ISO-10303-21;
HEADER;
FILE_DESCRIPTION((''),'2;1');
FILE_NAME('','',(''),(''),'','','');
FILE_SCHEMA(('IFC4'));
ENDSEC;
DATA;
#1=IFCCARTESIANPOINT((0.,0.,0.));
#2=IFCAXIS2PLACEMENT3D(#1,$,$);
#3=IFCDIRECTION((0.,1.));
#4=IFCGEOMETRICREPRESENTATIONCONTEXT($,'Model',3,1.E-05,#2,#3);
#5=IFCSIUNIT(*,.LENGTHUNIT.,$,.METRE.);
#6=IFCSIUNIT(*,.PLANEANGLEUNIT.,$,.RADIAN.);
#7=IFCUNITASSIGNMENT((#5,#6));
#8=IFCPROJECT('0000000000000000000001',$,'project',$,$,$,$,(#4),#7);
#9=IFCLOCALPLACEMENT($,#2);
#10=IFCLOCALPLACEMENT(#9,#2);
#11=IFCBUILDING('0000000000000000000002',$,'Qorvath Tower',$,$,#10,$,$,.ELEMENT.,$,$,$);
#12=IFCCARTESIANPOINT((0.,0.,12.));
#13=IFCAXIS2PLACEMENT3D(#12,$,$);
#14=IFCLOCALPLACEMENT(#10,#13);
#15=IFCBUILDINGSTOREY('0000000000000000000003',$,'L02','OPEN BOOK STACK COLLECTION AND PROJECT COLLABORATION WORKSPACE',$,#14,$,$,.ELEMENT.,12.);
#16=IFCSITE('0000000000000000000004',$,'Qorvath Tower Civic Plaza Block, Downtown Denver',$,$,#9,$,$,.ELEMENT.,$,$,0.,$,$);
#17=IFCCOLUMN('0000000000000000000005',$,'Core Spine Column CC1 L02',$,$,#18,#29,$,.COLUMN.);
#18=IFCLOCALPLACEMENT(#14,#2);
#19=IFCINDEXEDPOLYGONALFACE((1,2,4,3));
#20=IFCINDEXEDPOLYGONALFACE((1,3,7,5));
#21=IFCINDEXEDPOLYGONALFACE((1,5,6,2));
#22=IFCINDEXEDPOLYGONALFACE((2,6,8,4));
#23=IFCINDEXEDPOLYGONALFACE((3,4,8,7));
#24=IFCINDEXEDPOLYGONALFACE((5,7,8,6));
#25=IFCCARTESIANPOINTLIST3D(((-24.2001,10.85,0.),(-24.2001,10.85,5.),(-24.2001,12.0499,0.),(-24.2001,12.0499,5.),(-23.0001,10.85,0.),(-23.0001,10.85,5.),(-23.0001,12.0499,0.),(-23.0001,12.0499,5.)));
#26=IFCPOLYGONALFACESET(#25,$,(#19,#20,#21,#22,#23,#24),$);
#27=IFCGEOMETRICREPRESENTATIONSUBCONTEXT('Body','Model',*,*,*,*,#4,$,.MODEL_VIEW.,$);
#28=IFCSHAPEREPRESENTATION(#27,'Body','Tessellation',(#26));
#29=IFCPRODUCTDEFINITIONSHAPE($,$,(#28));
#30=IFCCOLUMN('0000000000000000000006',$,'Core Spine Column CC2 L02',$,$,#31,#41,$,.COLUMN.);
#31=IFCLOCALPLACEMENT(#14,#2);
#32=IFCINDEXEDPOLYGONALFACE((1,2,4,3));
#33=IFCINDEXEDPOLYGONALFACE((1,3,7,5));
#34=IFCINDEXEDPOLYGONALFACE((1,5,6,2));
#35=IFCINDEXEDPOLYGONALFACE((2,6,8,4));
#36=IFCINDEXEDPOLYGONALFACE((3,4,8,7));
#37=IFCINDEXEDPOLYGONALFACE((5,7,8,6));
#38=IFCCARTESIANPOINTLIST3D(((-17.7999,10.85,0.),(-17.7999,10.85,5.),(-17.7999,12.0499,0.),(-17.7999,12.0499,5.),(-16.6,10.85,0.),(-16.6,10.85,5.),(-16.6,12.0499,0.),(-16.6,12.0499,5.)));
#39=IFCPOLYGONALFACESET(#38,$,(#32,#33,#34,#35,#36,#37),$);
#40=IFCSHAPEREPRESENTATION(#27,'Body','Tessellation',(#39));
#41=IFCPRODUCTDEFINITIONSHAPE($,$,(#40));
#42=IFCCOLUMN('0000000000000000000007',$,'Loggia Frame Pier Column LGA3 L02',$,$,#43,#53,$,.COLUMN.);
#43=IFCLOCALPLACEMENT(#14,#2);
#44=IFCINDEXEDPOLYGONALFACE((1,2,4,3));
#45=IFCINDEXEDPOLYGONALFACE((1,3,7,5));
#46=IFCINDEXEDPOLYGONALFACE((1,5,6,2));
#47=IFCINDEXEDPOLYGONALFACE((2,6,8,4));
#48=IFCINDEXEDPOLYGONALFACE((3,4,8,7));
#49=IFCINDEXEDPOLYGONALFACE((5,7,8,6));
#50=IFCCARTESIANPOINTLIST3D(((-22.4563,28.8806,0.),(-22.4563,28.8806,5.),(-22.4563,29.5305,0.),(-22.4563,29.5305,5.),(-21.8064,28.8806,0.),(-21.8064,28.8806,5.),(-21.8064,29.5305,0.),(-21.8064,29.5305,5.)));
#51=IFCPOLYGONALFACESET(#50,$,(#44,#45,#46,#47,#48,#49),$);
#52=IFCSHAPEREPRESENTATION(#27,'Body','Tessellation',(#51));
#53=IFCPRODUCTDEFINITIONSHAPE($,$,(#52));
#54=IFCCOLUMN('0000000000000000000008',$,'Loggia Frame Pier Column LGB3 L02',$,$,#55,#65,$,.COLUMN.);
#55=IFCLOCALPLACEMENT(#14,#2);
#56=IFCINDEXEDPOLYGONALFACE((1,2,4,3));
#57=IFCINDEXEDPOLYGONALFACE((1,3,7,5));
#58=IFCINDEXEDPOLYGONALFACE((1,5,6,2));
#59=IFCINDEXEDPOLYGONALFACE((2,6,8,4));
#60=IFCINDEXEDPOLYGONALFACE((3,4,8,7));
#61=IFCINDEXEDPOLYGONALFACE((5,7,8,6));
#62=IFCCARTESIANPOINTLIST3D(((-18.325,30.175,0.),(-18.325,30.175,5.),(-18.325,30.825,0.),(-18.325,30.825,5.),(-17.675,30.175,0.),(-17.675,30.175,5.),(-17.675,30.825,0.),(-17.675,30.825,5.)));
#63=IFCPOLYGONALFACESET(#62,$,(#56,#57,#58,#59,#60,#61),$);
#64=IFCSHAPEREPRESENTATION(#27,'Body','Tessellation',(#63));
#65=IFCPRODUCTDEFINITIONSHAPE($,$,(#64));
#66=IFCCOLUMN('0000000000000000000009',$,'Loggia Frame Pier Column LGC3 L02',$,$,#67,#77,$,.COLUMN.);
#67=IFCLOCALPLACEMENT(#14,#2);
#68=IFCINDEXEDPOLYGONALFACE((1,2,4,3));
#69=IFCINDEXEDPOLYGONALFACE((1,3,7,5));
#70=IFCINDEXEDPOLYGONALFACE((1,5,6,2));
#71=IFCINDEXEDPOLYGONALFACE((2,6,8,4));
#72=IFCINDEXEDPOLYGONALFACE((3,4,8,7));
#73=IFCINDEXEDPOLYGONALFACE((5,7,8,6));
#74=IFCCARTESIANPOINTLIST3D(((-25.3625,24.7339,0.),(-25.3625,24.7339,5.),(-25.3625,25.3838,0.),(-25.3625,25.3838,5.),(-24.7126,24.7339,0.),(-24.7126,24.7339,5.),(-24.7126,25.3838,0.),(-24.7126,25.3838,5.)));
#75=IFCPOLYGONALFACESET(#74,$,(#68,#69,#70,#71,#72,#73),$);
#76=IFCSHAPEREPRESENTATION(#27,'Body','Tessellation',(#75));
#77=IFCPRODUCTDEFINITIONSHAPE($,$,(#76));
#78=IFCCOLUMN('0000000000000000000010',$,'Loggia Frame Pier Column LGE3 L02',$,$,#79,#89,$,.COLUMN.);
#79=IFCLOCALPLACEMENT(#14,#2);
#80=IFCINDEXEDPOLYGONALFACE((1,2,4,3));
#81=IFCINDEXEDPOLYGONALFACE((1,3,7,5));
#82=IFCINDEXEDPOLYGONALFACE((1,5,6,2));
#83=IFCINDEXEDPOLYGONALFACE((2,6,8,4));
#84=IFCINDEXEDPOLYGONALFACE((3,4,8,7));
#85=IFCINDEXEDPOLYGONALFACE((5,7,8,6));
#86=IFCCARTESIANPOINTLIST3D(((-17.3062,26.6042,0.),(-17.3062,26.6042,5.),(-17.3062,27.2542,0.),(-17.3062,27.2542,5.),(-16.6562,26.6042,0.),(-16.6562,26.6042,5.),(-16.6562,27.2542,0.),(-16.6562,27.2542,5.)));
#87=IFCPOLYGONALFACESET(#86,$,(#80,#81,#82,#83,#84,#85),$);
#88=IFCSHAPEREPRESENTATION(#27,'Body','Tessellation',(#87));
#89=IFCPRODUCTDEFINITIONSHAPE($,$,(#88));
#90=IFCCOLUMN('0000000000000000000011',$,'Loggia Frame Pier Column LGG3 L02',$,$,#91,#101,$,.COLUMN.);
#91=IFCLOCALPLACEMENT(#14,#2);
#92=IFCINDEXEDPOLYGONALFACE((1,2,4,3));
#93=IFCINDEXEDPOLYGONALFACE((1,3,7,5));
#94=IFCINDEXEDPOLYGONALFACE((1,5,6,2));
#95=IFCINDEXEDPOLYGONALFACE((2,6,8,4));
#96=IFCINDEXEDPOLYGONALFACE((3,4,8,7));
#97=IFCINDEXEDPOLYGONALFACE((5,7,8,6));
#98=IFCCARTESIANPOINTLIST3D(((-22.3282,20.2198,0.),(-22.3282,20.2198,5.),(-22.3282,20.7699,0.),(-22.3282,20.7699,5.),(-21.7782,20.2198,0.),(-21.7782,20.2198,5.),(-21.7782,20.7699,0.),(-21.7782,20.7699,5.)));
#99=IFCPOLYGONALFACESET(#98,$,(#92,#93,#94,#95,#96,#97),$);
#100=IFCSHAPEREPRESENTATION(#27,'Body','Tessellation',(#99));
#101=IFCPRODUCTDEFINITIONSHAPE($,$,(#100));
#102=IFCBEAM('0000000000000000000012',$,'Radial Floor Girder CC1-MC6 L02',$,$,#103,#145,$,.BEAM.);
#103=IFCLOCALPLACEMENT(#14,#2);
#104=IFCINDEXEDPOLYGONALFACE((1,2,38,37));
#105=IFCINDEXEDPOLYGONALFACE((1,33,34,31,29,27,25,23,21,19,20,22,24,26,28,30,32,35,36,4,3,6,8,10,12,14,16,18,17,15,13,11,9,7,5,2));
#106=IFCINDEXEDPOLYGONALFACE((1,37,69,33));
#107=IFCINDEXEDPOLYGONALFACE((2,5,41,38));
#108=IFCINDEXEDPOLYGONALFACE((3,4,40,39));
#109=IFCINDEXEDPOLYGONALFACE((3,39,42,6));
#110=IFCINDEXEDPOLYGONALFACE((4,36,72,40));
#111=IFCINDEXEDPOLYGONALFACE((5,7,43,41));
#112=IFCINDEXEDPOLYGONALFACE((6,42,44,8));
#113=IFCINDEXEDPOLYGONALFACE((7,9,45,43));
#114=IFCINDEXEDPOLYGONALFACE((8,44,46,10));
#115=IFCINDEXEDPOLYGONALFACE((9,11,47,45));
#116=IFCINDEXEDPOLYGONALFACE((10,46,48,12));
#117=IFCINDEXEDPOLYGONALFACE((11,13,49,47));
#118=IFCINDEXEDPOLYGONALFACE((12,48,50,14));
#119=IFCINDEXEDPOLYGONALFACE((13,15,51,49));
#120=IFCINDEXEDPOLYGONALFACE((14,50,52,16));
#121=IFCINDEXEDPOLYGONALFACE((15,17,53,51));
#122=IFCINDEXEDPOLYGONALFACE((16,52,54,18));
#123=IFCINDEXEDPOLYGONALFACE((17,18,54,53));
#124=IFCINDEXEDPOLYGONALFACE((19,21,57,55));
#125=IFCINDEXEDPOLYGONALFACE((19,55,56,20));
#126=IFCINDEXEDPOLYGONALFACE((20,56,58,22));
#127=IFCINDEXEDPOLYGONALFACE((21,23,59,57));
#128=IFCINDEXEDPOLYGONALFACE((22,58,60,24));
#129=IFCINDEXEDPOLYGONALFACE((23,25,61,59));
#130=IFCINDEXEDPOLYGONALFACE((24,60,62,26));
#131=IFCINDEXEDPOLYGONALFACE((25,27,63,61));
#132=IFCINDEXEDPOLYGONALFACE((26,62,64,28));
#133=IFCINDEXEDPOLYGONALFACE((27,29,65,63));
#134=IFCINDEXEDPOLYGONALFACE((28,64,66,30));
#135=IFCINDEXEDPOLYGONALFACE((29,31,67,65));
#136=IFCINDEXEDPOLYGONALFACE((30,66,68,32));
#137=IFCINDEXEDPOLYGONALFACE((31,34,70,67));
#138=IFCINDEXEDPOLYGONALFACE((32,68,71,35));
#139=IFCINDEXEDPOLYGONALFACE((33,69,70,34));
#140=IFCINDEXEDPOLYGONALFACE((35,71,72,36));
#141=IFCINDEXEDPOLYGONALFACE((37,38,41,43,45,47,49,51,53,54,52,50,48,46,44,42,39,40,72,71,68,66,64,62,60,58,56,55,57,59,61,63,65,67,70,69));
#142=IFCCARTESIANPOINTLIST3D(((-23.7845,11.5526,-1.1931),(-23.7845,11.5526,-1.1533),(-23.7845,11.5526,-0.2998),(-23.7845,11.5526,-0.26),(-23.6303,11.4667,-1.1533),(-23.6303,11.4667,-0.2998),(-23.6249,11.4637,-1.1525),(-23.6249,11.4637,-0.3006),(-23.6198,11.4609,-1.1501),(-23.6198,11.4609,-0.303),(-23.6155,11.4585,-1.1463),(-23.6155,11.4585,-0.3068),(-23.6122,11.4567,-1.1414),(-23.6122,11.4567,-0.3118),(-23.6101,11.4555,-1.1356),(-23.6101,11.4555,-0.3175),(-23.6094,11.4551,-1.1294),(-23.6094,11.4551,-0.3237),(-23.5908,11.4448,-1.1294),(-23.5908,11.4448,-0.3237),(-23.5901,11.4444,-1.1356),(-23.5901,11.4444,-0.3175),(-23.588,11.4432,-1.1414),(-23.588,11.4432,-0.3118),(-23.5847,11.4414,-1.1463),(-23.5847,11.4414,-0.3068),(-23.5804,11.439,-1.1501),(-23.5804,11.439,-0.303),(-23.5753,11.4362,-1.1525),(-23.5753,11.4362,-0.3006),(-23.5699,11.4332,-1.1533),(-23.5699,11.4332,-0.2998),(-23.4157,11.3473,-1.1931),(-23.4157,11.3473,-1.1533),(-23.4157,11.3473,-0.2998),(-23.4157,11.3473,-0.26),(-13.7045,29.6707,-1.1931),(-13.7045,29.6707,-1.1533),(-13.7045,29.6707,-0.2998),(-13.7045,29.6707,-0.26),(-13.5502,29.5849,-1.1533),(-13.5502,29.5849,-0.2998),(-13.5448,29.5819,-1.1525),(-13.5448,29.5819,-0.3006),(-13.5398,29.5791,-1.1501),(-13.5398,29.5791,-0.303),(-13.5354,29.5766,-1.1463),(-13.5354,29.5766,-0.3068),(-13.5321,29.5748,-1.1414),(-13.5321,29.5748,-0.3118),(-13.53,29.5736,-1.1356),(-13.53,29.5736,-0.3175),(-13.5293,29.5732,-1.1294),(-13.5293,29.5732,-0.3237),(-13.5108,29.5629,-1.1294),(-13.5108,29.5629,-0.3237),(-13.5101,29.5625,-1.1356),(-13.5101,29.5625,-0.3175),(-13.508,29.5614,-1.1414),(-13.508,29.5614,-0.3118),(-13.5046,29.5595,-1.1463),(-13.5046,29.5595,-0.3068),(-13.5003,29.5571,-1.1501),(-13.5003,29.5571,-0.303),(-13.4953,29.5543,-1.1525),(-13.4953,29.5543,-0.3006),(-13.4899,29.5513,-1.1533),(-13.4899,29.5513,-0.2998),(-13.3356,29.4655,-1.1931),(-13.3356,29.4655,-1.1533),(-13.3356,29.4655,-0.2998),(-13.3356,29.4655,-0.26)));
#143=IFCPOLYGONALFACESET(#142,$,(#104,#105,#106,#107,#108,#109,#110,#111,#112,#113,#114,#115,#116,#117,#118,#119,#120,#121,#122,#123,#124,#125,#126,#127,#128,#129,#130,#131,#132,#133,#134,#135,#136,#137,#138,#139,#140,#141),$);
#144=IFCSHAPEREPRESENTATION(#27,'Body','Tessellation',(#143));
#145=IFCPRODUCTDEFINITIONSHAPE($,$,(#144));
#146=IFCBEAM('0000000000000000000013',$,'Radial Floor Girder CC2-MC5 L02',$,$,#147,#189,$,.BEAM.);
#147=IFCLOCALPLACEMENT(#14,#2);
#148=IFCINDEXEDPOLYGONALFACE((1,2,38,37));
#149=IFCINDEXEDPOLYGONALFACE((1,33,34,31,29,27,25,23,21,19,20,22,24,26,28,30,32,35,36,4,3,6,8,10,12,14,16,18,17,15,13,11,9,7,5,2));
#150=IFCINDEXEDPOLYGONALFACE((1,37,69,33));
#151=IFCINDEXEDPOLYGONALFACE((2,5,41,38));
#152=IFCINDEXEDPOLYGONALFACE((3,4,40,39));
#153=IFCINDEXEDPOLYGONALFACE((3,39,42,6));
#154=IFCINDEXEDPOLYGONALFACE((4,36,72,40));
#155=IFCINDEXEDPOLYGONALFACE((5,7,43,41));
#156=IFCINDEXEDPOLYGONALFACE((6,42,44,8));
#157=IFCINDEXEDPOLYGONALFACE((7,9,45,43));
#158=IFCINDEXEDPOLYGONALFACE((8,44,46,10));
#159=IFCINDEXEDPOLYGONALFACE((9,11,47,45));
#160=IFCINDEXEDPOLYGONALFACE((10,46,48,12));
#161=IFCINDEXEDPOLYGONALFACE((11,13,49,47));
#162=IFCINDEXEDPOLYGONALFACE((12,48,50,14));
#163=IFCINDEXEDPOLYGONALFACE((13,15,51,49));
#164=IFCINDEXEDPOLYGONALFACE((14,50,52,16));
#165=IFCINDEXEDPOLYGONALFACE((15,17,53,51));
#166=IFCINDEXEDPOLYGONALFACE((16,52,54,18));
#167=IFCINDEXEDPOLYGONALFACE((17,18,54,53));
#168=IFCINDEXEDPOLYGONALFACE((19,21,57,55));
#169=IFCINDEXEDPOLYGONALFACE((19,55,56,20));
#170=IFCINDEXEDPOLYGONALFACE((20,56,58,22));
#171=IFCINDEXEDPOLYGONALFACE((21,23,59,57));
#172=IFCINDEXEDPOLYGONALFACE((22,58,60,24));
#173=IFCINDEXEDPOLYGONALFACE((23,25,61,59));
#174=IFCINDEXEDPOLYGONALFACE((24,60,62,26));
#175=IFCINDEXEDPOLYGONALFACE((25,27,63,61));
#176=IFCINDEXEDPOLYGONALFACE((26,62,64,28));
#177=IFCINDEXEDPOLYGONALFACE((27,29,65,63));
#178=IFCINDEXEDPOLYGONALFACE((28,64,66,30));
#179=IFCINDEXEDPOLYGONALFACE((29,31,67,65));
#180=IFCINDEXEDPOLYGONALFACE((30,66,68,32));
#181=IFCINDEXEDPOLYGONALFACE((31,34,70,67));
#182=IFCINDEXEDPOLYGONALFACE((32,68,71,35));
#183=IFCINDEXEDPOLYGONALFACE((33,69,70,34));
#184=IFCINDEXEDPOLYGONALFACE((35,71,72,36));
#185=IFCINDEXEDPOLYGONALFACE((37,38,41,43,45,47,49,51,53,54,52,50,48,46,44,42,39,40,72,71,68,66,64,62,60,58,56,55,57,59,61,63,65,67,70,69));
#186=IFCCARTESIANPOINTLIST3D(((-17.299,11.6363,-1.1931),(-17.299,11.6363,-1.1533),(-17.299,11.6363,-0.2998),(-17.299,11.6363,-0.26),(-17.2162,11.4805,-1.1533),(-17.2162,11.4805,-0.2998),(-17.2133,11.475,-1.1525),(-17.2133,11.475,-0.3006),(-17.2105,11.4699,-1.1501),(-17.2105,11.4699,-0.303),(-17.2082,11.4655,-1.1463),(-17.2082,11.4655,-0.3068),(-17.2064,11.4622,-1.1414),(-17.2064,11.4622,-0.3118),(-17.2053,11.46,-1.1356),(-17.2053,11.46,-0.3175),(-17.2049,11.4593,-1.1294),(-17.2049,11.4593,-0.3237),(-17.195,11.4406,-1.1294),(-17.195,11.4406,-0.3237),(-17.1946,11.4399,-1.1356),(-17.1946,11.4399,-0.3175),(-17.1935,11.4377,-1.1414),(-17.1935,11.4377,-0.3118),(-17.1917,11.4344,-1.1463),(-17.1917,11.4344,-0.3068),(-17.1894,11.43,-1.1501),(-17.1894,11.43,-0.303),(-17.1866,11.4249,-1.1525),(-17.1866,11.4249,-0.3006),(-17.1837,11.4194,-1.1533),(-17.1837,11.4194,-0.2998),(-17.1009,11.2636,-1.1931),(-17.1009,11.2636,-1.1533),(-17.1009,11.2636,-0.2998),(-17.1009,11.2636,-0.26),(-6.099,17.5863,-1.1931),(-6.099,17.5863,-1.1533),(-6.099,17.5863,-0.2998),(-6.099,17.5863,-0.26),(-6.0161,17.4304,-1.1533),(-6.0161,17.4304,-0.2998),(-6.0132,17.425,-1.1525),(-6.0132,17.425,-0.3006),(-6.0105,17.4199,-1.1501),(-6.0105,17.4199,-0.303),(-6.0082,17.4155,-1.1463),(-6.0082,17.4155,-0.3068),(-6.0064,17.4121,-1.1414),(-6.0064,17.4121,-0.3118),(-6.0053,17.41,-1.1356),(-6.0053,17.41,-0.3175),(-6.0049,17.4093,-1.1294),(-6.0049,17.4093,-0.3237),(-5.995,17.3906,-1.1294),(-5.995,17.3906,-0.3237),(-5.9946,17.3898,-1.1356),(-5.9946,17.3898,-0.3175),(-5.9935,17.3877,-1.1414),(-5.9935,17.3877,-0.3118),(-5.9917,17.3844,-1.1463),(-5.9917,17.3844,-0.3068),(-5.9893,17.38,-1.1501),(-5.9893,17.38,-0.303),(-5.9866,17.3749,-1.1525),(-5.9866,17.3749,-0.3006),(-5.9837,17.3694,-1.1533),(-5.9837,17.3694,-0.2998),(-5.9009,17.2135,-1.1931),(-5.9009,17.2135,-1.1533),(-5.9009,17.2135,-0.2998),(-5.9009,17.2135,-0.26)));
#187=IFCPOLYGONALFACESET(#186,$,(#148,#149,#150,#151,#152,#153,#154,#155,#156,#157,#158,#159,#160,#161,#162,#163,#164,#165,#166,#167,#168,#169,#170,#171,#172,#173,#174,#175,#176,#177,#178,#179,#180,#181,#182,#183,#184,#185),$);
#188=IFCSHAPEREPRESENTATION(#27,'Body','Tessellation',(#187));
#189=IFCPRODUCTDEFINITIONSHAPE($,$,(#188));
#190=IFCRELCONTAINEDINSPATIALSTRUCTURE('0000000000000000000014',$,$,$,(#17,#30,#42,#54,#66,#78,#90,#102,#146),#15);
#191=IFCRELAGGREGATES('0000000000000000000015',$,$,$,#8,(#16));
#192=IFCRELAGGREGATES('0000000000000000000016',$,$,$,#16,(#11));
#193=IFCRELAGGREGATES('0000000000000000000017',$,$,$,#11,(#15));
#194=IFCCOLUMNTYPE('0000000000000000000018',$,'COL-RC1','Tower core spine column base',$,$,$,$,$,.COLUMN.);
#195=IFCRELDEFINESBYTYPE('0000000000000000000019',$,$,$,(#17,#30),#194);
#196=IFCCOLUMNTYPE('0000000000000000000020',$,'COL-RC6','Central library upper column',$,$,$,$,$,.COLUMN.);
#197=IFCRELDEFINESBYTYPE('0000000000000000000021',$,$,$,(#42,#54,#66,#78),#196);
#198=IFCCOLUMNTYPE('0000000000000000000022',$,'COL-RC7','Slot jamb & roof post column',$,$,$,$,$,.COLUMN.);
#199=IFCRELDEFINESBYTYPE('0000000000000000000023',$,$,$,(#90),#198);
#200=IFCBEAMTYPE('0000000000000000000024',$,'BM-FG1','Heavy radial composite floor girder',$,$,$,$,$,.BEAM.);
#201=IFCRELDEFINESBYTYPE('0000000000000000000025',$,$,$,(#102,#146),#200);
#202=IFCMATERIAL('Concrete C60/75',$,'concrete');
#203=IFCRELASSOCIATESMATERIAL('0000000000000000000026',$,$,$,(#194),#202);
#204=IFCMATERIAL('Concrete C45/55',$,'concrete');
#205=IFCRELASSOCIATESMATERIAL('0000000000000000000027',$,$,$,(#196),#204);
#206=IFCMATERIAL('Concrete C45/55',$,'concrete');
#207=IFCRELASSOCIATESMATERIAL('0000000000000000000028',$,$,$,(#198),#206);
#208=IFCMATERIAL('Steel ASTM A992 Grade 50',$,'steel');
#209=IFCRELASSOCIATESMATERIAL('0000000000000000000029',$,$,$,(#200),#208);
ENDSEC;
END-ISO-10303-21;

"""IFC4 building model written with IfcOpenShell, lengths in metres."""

from ifc_helpers import new_model, si_unit, direction, frame, origin, origin_2d, place, context, subcontext, project, spatial, rectangle, i_section, extrude, material, material_profile, profile_set, type_object, element, save


model = new_model("IFC4")

# Units and contexts
model_context = context("Model", 3, precision=1e-05, world=origin(), true_north=direction((0.0, 1.0)))
body_context = subcontext(model_context, "Body", "Model", "MODEL_VIEW")
ifc_project = project(units=[si_unit("LENGTHUNIT", "METRE"), si_unit("PLANEANGLEUNIT", "RADIAN")], contexts=[model_context])

# Site, building, storey
site_placement = place(None, origin())
site = spatial("IfcSite", under=ifc_project, at=site_placement, Name="Qorvath Tower Civic Plaza Block, Downtown Denver", CompositionType="ELEMENT", RefElevation=0.0)
building_placement = place(site_placement, origin())
building = spatial("IfcBuilding", under=site, at=building_placement, Name="Qorvath Tower", CompositionType="ELEMENT")
storey_placement = place(building_placement, frame((0.0, 0.0, 12.0)))
storey = spatial("IfcBuildingStorey", under=building, at=storey_placement, Name="L02", Description="OPEN BOOK STACK COLLECTION AND PROJECT COLLABORATION WORKSPACE", CompositionType="ELEMENT", Elevation=12.0)

# Columns
ifc_material_1 = material(Name="Concrete C60/75", Category="concrete")
ifc_material_profile_1 = material_profile(ifc_material_1, rectangle(XDim=1.2, YDim=1.2, at=origin_2d()), Name="RC 1200x1200")
ifc_profile_set_1 = profile_set([ifc_material_profile_1], Name="Concrete C60/75")
column_type_1 = type_object("IfcColumnType", Name="COL-RC1", Description="Tower core spine column base", PredefinedType="COLUMN", material=ifc_profile_set_1)
for number, where, z_axis, x_axis, name in (
    (1, (-23.6001, 11.45, 0.0), (0.0, 0.0, 1.0), (1.0, 0.0, 0.0), "Core Spine Column CC1 L02"),
    (2, (-17.2, 11.45, 0.0), (0.0, 0.0, 1.0), (1.0, 0.0, 0.0), "Core Spine Column CC2 L02"),
):
    element("IfcColumn", number, at=place(storey_placement, frame(where, z_axis=z_axis, x_axis=x_axis)), inside=storey, type_object=column_type_1, Name=name, PredefinedType="COLUMN", context=body_context, shape_type="SweptSolid", body=[
        extrude(rectangle(XDim=1.2, YDim=1.2, at=origin_2d()), origin(), (0.0, 0.0, 1.0), 5.0),
    ])
ifc_material_2 = material(Name="Concrete C45/55", Category="concrete")
ifc_material_profile_2 = material_profile(ifc_material_2, rectangle(XDim=0.6499, YDim=0.6499, at=origin_2d()), Name="RC 650x650")
ifc_profile_set_2 = profile_set([ifc_material_profile_2], Name="Concrete C45/55")
column_type_2 = type_object("IfcColumnType", Name="COL-RC6", Description="Central library upper column", PredefinedType="COLUMN", material=ifc_profile_set_2)
for number, where, z_axis, x_axis, name in (
    (3, (-22.1313, 29.2056, 0.0), (0.0, 0.0, 1.0), (1.0, 0.0, 0.0), "Loggia Frame Pier Column LGA3 L02"),
    (4, (-18.0, 30.5, 0.0), (0.0, 0.0, 1.0), (1.0, 0.0, 0.0), "Loggia Frame Pier Column LGB3 L02"),
    (5, (-25.0376, 25.0588, 0.0), (0.0, 0.0, 1.0), (1.0, 0.0, 0.0), "Loggia Frame Pier Column LGC3 L02"),
    (6, (-16.9812, 26.9292, 0.0), (0.0, 0.0, 1.0), (1.0, 0.0, 0.0), "Loggia Frame Pier Column LGE3 L02"),
):
    element("IfcColumn", number, at=place(storey_placement, frame(where, z_axis=z_axis, x_axis=x_axis)), inside=storey, type_object=column_type_2, Name=name, PredefinedType="COLUMN", context=body_context, shape_type="SweptSolid", body=[
        extrude(rectangle(XDim=0.6499, YDim=0.6499, at=origin_2d()), origin(), (0.0, 0.0, 1.0), 5.0),
    ])
ifc_material_3 = material(Name="Concrete C45/55", Category="concrete")
ifc_material_profile_3 = material_profile(ifc_material_3, rectangle(XDim=0.55, YDim=0.55, at=origin_2d()), Name="RC 550x550")
ifc_profile_set_3 = profile_set([ifc_material_profile_3], Name="Concrete C45/55")
column_type_3 = type_object("IfcColumnType", Name="COL-RC7", Description="Slot jamb & roof post column", PredefinedType="COLUMN", material=ifc_profile_set_3)
column_placement = place(storey_placement, frame((-22.0532, 20.4949, 0.0), z_axis=(0.0, 0.0, 1.0), x_axis=(1.0, 0.0, 0.0)))
element("IfcColumn", 7, at=column_placement, inside=storey, type_object=column_type_3, Name="Loggia Frame Pier Column LGG3 L02", PredefinedType="COLUMN", context=body_context, shape_type="SweptSolid", body=[
    extrude(rectangle(XDim=0.55, YDim=0.55, at=origin_2d()), origin(), (0.0, 0.0, 1.0), 5.0),
])

# Beams
ifc_material_4 = material(Name="Steel ASTM A992 Grade 50", Category="steel")
ifc_material_profile_4 = material_profile(ifc_material_4, i_section(OverallWidth=0.4221, OverallDepth=0.9331, WebThickness=0.0212, FlangeThickness=0.0398, FilletRadius=0.0239, at=origin_2d()), Name="W36x262")
ifc_profile_set_4 = profile_set([ifc_material_profile_4], Name="Steel ASTM A992 Grade 50")
beam_type_1 = type_object("IfcBeamType", Name="BM-FG1", Description="Heavy radial composite floor girder", PredefinedType="BEAM", material=ifc_profile_set_4)
beam_1_placement = place(storey_placement, frame((-23.6001, 11.45, -0.7266), z_axis=(0.486175, 0.873862, 0.0), x_axis=(-0.873862, 0.486175, 0.0)))
element("IfcBeam", 8, at=beam_1_placement, inside=storey, type_object=beam_type_1, Name="Radial Floor Girder CC1-MC6 L02", PredefinedType="BEAM", context=body_context, shape_type="SweptSolid", body=[
    extrude(i_section(OverallWidth=0.4221, OverallDepth=0.9331, WebThickness=0.0212, FlangeThickness=0.0398, FilletRadius=0.0239, at=origin_2d()), origin(), (0.0, 0.0, 1.0), 20.7334),
])
beam_2_placement = place(storey_placement, frame((-17.2, 11.45, -0.7266), z_axis=(0.883116, 0.469154, 0.0), x_axis=(-0.469154, 0.883116, 0.0)))
element("IfcBeam", 9, at=beam_2_placement, inside=storey, type_object=beam_type_1, Name="Radial Floor Girder CC2-MC5 L02", PredefinedType="BEAM", context=body_context, shape_type="SweptSolid", body=[
    extrude(i_section(OverallWidth=0.4221, OverallDepth=0.9331, WebThickness=0.0212, FlangeThickness=0.0398, FilletRadius=0.0239, at=origin_2d()), origin(), (0.0, 0.0, 1.0), 12.6824),
])

save(model, "model.ifc")
